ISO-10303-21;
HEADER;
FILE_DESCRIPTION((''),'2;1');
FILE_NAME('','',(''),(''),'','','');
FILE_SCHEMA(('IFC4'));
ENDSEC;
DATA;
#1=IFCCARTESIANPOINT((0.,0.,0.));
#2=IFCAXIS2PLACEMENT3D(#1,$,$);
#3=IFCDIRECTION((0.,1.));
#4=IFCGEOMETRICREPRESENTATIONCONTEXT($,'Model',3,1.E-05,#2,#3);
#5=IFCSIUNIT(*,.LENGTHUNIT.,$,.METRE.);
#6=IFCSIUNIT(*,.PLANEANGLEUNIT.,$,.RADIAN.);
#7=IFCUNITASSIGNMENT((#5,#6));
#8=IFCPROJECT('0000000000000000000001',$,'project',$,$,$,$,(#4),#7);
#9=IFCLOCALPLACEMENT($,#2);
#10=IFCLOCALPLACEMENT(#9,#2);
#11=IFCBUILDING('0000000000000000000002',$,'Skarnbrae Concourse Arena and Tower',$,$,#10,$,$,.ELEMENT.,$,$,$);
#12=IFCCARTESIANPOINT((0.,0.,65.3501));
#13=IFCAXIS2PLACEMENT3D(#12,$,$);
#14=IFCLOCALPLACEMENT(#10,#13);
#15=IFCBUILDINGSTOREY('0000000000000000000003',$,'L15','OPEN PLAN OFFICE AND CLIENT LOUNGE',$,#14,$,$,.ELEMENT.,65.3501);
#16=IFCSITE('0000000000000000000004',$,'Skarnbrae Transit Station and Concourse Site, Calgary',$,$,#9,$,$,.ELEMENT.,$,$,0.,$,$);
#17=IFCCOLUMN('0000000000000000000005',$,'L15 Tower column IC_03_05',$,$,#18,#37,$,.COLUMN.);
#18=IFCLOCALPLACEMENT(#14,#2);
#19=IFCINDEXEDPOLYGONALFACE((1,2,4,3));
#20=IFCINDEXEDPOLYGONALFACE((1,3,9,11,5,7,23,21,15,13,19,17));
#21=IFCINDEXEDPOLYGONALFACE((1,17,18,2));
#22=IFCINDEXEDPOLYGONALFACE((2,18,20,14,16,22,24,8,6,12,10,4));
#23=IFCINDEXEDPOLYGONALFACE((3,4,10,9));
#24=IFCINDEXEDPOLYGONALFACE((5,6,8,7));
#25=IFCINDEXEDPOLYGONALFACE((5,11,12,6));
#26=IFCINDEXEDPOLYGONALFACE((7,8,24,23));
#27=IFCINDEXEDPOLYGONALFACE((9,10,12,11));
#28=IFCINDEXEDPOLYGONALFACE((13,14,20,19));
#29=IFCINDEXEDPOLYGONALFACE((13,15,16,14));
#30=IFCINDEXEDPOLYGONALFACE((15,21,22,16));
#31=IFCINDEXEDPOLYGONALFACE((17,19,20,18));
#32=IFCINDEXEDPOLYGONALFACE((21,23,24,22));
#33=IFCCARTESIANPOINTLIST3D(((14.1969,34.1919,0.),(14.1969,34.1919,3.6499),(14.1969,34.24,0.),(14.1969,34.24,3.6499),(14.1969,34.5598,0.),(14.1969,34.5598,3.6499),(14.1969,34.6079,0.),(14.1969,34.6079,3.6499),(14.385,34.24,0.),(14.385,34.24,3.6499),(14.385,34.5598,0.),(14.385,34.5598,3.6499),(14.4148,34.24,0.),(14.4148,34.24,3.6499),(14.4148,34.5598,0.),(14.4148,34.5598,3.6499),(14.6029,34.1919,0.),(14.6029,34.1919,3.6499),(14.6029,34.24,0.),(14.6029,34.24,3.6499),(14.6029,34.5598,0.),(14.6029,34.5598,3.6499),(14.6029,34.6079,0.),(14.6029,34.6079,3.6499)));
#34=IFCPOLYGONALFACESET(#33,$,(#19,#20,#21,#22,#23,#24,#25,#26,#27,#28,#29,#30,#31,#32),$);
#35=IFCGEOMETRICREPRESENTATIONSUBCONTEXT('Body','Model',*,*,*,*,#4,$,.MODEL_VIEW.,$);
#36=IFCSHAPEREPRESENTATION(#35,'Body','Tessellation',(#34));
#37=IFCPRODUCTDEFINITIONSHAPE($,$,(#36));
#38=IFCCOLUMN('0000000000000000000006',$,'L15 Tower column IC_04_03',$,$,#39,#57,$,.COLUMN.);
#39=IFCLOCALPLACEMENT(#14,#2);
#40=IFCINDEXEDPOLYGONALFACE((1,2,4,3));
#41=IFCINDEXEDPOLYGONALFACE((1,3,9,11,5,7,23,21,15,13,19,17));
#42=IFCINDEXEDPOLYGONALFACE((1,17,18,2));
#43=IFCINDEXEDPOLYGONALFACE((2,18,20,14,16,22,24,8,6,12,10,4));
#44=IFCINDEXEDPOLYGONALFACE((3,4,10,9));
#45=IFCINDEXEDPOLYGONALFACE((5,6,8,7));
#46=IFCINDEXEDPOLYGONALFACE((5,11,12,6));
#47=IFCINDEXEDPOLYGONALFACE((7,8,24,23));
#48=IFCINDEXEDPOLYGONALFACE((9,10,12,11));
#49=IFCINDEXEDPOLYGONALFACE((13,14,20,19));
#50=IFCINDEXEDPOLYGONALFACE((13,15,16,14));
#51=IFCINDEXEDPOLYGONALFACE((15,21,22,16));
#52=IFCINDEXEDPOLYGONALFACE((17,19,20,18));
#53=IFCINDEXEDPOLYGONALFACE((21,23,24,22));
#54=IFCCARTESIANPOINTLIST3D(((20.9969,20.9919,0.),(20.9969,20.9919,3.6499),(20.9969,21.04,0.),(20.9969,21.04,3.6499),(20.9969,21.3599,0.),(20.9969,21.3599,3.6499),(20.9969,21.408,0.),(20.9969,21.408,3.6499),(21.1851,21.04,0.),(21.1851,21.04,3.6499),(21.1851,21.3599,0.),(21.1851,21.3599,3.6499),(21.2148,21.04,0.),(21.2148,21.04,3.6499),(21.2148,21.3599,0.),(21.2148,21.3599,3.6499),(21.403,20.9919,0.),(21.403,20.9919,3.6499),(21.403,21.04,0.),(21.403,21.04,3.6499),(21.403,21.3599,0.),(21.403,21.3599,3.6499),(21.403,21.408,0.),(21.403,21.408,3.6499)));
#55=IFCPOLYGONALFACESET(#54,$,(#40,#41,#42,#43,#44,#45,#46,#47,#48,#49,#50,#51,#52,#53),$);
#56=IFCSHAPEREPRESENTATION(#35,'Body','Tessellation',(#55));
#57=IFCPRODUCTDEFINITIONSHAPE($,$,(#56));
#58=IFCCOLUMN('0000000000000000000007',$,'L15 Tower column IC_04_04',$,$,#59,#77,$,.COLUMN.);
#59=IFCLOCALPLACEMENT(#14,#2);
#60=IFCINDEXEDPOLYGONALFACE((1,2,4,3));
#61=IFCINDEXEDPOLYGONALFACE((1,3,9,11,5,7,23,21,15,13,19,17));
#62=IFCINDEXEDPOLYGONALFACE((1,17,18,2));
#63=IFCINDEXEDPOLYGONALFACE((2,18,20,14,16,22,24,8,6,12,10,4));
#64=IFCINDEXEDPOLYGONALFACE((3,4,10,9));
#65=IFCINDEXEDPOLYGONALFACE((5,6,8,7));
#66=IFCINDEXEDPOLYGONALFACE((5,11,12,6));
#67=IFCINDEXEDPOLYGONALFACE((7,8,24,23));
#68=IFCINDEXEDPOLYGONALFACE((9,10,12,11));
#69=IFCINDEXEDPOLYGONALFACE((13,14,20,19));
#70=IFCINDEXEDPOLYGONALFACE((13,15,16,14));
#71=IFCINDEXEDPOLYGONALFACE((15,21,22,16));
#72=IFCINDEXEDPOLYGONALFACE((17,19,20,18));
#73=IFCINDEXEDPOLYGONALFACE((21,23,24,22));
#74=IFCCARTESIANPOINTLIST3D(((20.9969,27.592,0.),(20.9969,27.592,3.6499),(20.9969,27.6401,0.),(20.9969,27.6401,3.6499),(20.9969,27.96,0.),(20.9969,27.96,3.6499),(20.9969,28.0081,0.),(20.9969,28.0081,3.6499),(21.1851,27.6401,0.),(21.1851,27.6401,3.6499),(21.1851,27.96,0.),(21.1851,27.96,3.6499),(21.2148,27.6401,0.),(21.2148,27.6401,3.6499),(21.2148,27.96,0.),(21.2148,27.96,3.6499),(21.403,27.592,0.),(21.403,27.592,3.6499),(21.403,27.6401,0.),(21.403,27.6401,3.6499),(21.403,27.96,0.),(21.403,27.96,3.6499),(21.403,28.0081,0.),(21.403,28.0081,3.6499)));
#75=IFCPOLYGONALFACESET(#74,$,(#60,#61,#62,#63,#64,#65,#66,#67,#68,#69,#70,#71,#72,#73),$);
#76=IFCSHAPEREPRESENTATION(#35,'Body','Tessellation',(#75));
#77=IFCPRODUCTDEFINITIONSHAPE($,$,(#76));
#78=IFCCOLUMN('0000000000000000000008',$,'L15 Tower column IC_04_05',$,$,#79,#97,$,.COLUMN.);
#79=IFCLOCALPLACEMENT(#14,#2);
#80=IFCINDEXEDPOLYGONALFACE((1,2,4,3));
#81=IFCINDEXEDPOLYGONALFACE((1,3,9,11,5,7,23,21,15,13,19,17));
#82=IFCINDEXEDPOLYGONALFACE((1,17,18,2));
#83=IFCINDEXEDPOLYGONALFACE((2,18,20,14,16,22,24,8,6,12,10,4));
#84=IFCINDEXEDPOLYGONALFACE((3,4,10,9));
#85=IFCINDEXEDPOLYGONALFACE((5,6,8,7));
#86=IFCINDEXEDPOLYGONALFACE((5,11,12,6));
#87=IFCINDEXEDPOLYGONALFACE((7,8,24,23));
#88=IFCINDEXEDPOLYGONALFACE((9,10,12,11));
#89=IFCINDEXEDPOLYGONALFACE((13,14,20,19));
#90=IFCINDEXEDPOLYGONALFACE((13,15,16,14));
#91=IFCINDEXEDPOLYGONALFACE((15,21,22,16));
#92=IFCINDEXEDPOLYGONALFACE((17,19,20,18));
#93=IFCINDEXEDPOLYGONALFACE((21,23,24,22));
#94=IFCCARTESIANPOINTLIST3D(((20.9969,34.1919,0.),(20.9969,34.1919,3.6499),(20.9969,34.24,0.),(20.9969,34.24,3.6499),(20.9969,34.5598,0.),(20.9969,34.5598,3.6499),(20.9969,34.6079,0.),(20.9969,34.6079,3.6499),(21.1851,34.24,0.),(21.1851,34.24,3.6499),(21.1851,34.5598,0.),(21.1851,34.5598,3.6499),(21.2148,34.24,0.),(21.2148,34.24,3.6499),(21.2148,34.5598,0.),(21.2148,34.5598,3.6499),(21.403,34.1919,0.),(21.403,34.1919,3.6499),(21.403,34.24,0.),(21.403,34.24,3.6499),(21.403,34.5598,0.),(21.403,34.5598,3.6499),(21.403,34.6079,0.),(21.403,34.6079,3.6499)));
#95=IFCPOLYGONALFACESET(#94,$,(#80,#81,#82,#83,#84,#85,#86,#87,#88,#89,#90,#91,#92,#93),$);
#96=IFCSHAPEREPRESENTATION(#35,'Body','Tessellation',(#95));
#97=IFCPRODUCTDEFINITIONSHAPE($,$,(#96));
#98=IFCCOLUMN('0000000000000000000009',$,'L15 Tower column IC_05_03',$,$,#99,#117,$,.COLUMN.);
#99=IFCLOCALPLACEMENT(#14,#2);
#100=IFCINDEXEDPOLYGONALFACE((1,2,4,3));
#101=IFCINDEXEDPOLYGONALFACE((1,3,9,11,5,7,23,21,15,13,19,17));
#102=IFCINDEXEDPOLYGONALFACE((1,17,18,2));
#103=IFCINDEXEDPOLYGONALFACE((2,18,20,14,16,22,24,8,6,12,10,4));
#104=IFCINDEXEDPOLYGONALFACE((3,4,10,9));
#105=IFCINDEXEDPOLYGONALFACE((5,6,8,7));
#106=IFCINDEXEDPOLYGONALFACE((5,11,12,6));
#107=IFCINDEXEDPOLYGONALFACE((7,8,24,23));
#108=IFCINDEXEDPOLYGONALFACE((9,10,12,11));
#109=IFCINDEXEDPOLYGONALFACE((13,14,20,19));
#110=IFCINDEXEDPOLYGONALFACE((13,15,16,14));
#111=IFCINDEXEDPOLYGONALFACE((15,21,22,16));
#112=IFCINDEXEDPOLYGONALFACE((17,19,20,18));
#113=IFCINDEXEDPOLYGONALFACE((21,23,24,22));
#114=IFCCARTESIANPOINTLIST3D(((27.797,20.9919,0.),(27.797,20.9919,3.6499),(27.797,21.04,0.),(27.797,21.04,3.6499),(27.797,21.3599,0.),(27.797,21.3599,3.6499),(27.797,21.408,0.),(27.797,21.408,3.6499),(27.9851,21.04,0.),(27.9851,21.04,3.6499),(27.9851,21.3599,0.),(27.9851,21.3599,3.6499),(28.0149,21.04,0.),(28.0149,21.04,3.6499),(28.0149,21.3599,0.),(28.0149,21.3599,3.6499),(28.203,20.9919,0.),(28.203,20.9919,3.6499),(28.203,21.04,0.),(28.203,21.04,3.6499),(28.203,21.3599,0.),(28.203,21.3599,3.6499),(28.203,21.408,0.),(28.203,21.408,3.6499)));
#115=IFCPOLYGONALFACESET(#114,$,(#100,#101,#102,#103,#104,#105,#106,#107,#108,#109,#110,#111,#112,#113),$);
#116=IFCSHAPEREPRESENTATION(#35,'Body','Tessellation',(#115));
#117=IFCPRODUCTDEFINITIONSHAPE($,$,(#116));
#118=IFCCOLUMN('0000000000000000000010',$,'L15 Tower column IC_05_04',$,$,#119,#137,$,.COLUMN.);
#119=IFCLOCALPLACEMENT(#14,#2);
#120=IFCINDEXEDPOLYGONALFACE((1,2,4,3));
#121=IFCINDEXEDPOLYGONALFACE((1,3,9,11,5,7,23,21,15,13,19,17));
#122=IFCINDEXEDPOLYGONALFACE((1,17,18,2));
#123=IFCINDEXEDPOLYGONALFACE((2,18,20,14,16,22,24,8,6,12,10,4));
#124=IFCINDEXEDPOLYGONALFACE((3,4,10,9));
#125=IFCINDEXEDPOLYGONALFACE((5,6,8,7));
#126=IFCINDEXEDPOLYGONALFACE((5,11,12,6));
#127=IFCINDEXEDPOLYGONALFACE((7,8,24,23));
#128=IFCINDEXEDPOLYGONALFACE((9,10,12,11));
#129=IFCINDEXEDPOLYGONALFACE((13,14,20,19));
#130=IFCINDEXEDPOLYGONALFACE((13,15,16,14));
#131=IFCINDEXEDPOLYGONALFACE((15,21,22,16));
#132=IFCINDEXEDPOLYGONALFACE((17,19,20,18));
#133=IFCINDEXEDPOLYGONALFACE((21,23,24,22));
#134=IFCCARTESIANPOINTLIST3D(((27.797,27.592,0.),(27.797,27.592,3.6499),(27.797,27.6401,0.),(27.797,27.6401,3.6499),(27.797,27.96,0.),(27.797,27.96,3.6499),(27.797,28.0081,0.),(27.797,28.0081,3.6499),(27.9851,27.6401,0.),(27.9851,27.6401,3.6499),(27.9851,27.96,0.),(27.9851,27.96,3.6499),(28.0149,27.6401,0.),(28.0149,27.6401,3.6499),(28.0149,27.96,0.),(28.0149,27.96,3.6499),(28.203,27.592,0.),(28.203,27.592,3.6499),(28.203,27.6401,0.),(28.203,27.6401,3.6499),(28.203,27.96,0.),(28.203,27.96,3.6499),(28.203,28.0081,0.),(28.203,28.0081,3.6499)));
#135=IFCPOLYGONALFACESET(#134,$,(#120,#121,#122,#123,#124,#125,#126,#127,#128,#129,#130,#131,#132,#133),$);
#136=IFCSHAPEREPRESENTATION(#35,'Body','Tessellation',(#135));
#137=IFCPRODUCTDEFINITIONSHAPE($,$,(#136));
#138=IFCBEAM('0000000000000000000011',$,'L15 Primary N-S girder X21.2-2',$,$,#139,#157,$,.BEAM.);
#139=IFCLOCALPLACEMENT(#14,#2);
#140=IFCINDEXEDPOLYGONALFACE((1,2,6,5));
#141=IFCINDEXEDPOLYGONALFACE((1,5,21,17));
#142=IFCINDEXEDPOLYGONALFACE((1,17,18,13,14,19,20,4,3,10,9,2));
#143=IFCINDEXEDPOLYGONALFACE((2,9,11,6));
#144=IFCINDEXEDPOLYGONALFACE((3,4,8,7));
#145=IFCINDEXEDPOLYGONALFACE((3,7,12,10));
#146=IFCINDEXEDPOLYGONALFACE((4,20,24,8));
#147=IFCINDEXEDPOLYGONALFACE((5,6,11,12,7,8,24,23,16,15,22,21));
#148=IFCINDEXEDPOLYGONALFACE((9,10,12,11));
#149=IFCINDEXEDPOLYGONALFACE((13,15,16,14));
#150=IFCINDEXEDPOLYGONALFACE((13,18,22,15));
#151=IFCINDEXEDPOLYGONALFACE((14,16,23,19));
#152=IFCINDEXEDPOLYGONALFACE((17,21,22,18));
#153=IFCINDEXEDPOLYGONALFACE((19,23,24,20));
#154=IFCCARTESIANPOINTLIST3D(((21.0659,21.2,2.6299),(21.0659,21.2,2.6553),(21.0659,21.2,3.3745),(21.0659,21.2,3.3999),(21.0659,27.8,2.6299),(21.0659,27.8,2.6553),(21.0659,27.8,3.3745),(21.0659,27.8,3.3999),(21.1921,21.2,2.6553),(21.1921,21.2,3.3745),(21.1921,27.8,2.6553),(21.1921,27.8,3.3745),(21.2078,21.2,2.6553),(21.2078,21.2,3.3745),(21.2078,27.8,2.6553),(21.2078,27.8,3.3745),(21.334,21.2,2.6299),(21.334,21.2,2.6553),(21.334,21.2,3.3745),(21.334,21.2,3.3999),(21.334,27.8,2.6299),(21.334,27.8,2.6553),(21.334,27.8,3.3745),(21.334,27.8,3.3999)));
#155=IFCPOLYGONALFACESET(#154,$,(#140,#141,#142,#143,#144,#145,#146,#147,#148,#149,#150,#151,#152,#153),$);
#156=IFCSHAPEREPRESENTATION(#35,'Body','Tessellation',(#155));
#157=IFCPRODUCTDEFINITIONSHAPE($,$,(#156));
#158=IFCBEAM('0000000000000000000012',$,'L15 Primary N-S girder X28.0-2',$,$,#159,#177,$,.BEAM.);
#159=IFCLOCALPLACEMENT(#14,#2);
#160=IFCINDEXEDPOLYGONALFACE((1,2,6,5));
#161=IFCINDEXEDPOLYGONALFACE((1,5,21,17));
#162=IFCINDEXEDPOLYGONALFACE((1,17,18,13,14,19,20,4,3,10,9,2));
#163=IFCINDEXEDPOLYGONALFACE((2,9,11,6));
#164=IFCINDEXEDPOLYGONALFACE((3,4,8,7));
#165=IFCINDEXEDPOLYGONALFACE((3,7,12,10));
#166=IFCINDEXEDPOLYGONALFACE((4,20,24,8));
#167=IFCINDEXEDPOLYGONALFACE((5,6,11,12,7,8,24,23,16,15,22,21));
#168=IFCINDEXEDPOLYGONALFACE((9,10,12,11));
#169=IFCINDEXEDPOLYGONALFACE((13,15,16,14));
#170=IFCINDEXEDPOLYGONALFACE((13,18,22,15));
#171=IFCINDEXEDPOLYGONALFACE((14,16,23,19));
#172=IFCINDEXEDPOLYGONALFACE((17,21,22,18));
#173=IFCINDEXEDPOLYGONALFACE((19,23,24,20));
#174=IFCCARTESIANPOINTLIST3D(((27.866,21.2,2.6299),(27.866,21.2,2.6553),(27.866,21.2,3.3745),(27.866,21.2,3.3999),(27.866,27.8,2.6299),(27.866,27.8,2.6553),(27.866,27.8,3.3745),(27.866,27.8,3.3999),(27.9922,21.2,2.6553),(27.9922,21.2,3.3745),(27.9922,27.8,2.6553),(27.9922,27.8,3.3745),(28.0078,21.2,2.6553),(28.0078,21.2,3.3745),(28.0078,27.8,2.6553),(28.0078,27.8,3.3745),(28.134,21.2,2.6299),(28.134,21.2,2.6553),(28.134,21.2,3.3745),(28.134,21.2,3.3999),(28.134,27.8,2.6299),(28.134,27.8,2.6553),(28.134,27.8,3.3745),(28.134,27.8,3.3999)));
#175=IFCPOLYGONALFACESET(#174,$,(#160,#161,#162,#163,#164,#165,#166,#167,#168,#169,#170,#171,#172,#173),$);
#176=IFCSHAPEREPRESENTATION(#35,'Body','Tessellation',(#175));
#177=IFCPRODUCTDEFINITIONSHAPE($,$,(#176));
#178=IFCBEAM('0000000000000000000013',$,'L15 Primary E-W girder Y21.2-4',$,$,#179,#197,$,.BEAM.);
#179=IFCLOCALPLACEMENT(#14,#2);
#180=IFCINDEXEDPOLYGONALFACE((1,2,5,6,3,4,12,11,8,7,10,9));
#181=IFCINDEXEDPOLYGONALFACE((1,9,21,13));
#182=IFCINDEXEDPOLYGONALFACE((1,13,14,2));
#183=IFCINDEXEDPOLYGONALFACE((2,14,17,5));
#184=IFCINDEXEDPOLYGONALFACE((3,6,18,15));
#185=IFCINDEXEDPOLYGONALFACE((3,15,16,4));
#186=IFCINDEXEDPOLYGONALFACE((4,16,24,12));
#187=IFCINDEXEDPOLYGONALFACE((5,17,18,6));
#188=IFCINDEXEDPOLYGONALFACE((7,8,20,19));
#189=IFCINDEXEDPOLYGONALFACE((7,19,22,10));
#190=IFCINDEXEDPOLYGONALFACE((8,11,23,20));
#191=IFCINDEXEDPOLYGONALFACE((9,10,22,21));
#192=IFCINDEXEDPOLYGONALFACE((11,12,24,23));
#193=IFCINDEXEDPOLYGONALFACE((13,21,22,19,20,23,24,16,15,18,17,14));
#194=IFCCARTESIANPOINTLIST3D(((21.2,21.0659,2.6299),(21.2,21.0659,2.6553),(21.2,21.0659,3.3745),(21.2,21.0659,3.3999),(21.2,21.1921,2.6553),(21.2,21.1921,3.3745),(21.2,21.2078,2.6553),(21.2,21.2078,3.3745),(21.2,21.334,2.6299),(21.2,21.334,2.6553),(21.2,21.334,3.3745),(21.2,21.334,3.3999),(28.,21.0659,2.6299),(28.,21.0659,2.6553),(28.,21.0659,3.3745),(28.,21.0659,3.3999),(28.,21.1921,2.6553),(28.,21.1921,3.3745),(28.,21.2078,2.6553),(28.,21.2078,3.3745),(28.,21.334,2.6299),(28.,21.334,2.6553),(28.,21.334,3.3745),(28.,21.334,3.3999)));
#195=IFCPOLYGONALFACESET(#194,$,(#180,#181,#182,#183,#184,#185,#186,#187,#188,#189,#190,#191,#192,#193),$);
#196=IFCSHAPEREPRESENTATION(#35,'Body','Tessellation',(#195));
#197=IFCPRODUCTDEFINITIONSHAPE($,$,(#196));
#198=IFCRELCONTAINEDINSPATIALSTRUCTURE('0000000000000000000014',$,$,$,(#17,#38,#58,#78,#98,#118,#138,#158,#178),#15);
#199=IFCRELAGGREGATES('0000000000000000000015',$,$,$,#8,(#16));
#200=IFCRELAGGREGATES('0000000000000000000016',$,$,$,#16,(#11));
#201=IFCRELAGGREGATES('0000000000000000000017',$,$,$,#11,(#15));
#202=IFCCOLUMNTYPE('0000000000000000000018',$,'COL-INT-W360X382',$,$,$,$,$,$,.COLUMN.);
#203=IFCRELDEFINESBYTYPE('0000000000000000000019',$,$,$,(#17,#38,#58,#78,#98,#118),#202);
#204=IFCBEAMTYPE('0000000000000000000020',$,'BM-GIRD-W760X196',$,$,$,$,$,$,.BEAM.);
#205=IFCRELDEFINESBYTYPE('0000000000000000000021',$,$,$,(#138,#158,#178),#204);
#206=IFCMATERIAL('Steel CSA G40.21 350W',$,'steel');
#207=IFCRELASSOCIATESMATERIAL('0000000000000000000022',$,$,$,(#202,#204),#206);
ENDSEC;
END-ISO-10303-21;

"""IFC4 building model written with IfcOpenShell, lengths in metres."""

from ifc_helpers import new_model, si_unit, direction, frame, origin, origin_2d, place, context, subcontext, project, spatial, i_section, extrude, source, transform, mapped, material, material_profile, profile_set, type_object, element, save


model = new_model("IFC4")

# Units and contexts
model_context = context("Model", 3, precision=1e-05, world=origin(), true_north=direction((0.0, 1.0)))
body_context = subcontext(model_context, "Body", "Model", "MODEL_VIEW")
ifc_project = project(units=[si_unit("LENGTHUNIT", "METRE"), si_unit("PLANEANGLEUNIT", "RADIAN")], contexts=[model_context])

# Site, building, storey
site_placement = place(None, origin())
site = spatial("IfcSite", under=ifc_project, at=site_placement, Name="Skarnbrae Transit Station and Concourse Site, Calgary", CompositionType="ELEMENT", RefElevation=0.0)
building_placement = place(site_placement, origin())
building = spatial("IfcBuilding", under=site, at=building_placement, Name="Skarnbrae Concourse Arena and Tower", CompositionType="ELEMENT")
storey_placement = place(building_placement, frame((0.0, 0.0, 65.3501)))
storey = spatial("IfcBuildingStorey", under=building, at=storey_placement, Name="L15", Description="OPEN PLAN OFFICE AND CLIENT LOUNGE", CompositionType="ELEMENT", Elevation=65.3501)

# Columns
ifc_material_1 = material(Name="Steel CSA G40.21 350W", Category="steel")
ifc_material_profile_1 = material_profile(ifc_material_1, i_section(OverallWidth=0.406, OverallDepth=0.416, WebThickness=0.0298, FlangeThickness=0.0481, at=origin_2d()), Name="W360X382")
ifc_profile_set_1 = profile_set([ifc_material_profile_1], Name="Steel CSA G40.21 350W")
column_type = type_object("IfcColumnType", Name="COL-INT-W360X382", PredefinedType="COLUMN", material=ifc_profile_set_1)
shared_shape_1 = source(origin(), body_context, "Body", "SweptSolid", [
    extrude(i_section(OverallWidth=0.406, OverallDepth=0.416, WebThickness=0.0298, FlangeThickness=0.0481, at=origin_2d()), origin(), (0.0, 0.0, 1.0), 3.6499),
])
for number, where, z_axis, x_axis, name in (
    (1, (14.3999, 34.3999, 0.0), (0.0, 0.0, 1.0), (1.0, 0.0, 0.0), "L15 Tower column IC_03_05"),
    (2, (21.2, 21.2, 0.0), (0.0, 0.0, 1.0), (1.0, 0.0, 0.0), "L15 Tower column IC_04_03"),
    (3, (21.2, 27.8, 0.0), (0.0, 0.0, 1.0), (1.0, 0.0, 0.0), "L15 Tower column IC_04_04"),
    (4, (21.2, 34.3999, 0.0), (0.0, 0.0, 1.0), (1.0, 0.0, 0.0), "L15 Tower column IC_04_05"),
    (5, (28.0, 21.2, 0.0), (0.0, 0.0, 1.0), (1.0, 0.0, 0.0), "L15 Tower column IC_05_03"),
    (6, (28.0, 27.8, 0.0), (0.0, 0.0, 1.0), (1.0, 0.0, 0.0), "L15 Tower column IC_05_04"),
):
    element("IfcColumn", number, at=place(storey_placement, frame(where, z_axis=z_axis, x_axis=x_axis)), inside=storey, type_object=column_type, Name=name, PredefinedType="COLUMN", context=body_context, shape_type="MappedRepresentation", body=[
        mapped(shared_shape_1, transform((0.0, 0.0, 0.0))),
    ])

# Beams
ifc_material_profile_2 = material_profile(ifc_material_1, i_section(OverallWidth=0.2681, OverallDepth=0.77, WebThickness=0.0156, FlangeThickness=0.0254, at=origin_2d()), Name="W760X196")
ifc_profile_set_2 = profile_set([ifc_material_profile_2], Name="Steel CSA G40.21 350W")
beam_type_1 = type_object("IfcBeamType", Name="BM-GIRD-W760X196", PredefinedType="BEAM", material=ifc_profile_set_2)
shared_shape_2 = source(origin(), body_context, "Body", "SweptSolid", [
    extrude(i_section(OverallWidth=0.2681, OverallDepth=0.77, WebThickness=0.0156, FlangeThickness=0.0254, at=origin_2d()), origin(), (0.0, 0.0, 1.0), 6.6001),
])
for number, where, z_axis, x_axis, name in (
    (7, (21.2, 21.2, 3.0149), (0.0, 1.0, 0.0), (-1.0, 0.0, 0.0), "L15 Primary N-S girder X21.2-2"),
    (8, (28.0, 21.2, 3.0149), (0.0, 1.0, 0.0), (-1.0, 0.0, 0.0), "L15 Primary N-S girder X28.0-2"),
):
    element("IfcBeam", number, at=place(storey_placement, frame(where, z_axis=z_axis, x_axis=x_axis)), inside=storey, type_object=beam_type_1, Name=name, PredefinedType="BEAM", context=body_context, shape_type="MappedRepresentation", body=[
        mapped(shared_shape_2, transform((0.0, 0.0, 0.0))),
    ])
shared_shape_3 = source(origin(), body_context, "Body", "SweptSolid", [
    extrude(i_section(OverallWidth=0.2681, OverallDepth=0.77, WebThickness=0.0156, FlangeThickness=0.0254, at=origin_2d()), origin(), (0.0, 0.0, 1.0), 6.8),
])
for number, where, z_axis, x_axis, name in (
    (9, (21.2, 21.2, 3.0149), (1.0, 0.0, 0.0), (0.0, 1.0, 0.0), "L15 Primary E-W girder Y21.2-4"),
):
    element("IfcBeam", number, at=place(storey_placement, frame(where, z_axis=z_axis, x_axis=x_axis)), inside=storey, type_object=beam_type_1, Name=name, PredefinedType="BEAM", context=body_context, shape_type="MappedRepresentation", body=[
        mapped(shared_shape_3, transform((0.0, 0.0, 0.0))),
    ])

save(model, "model.ifc")
